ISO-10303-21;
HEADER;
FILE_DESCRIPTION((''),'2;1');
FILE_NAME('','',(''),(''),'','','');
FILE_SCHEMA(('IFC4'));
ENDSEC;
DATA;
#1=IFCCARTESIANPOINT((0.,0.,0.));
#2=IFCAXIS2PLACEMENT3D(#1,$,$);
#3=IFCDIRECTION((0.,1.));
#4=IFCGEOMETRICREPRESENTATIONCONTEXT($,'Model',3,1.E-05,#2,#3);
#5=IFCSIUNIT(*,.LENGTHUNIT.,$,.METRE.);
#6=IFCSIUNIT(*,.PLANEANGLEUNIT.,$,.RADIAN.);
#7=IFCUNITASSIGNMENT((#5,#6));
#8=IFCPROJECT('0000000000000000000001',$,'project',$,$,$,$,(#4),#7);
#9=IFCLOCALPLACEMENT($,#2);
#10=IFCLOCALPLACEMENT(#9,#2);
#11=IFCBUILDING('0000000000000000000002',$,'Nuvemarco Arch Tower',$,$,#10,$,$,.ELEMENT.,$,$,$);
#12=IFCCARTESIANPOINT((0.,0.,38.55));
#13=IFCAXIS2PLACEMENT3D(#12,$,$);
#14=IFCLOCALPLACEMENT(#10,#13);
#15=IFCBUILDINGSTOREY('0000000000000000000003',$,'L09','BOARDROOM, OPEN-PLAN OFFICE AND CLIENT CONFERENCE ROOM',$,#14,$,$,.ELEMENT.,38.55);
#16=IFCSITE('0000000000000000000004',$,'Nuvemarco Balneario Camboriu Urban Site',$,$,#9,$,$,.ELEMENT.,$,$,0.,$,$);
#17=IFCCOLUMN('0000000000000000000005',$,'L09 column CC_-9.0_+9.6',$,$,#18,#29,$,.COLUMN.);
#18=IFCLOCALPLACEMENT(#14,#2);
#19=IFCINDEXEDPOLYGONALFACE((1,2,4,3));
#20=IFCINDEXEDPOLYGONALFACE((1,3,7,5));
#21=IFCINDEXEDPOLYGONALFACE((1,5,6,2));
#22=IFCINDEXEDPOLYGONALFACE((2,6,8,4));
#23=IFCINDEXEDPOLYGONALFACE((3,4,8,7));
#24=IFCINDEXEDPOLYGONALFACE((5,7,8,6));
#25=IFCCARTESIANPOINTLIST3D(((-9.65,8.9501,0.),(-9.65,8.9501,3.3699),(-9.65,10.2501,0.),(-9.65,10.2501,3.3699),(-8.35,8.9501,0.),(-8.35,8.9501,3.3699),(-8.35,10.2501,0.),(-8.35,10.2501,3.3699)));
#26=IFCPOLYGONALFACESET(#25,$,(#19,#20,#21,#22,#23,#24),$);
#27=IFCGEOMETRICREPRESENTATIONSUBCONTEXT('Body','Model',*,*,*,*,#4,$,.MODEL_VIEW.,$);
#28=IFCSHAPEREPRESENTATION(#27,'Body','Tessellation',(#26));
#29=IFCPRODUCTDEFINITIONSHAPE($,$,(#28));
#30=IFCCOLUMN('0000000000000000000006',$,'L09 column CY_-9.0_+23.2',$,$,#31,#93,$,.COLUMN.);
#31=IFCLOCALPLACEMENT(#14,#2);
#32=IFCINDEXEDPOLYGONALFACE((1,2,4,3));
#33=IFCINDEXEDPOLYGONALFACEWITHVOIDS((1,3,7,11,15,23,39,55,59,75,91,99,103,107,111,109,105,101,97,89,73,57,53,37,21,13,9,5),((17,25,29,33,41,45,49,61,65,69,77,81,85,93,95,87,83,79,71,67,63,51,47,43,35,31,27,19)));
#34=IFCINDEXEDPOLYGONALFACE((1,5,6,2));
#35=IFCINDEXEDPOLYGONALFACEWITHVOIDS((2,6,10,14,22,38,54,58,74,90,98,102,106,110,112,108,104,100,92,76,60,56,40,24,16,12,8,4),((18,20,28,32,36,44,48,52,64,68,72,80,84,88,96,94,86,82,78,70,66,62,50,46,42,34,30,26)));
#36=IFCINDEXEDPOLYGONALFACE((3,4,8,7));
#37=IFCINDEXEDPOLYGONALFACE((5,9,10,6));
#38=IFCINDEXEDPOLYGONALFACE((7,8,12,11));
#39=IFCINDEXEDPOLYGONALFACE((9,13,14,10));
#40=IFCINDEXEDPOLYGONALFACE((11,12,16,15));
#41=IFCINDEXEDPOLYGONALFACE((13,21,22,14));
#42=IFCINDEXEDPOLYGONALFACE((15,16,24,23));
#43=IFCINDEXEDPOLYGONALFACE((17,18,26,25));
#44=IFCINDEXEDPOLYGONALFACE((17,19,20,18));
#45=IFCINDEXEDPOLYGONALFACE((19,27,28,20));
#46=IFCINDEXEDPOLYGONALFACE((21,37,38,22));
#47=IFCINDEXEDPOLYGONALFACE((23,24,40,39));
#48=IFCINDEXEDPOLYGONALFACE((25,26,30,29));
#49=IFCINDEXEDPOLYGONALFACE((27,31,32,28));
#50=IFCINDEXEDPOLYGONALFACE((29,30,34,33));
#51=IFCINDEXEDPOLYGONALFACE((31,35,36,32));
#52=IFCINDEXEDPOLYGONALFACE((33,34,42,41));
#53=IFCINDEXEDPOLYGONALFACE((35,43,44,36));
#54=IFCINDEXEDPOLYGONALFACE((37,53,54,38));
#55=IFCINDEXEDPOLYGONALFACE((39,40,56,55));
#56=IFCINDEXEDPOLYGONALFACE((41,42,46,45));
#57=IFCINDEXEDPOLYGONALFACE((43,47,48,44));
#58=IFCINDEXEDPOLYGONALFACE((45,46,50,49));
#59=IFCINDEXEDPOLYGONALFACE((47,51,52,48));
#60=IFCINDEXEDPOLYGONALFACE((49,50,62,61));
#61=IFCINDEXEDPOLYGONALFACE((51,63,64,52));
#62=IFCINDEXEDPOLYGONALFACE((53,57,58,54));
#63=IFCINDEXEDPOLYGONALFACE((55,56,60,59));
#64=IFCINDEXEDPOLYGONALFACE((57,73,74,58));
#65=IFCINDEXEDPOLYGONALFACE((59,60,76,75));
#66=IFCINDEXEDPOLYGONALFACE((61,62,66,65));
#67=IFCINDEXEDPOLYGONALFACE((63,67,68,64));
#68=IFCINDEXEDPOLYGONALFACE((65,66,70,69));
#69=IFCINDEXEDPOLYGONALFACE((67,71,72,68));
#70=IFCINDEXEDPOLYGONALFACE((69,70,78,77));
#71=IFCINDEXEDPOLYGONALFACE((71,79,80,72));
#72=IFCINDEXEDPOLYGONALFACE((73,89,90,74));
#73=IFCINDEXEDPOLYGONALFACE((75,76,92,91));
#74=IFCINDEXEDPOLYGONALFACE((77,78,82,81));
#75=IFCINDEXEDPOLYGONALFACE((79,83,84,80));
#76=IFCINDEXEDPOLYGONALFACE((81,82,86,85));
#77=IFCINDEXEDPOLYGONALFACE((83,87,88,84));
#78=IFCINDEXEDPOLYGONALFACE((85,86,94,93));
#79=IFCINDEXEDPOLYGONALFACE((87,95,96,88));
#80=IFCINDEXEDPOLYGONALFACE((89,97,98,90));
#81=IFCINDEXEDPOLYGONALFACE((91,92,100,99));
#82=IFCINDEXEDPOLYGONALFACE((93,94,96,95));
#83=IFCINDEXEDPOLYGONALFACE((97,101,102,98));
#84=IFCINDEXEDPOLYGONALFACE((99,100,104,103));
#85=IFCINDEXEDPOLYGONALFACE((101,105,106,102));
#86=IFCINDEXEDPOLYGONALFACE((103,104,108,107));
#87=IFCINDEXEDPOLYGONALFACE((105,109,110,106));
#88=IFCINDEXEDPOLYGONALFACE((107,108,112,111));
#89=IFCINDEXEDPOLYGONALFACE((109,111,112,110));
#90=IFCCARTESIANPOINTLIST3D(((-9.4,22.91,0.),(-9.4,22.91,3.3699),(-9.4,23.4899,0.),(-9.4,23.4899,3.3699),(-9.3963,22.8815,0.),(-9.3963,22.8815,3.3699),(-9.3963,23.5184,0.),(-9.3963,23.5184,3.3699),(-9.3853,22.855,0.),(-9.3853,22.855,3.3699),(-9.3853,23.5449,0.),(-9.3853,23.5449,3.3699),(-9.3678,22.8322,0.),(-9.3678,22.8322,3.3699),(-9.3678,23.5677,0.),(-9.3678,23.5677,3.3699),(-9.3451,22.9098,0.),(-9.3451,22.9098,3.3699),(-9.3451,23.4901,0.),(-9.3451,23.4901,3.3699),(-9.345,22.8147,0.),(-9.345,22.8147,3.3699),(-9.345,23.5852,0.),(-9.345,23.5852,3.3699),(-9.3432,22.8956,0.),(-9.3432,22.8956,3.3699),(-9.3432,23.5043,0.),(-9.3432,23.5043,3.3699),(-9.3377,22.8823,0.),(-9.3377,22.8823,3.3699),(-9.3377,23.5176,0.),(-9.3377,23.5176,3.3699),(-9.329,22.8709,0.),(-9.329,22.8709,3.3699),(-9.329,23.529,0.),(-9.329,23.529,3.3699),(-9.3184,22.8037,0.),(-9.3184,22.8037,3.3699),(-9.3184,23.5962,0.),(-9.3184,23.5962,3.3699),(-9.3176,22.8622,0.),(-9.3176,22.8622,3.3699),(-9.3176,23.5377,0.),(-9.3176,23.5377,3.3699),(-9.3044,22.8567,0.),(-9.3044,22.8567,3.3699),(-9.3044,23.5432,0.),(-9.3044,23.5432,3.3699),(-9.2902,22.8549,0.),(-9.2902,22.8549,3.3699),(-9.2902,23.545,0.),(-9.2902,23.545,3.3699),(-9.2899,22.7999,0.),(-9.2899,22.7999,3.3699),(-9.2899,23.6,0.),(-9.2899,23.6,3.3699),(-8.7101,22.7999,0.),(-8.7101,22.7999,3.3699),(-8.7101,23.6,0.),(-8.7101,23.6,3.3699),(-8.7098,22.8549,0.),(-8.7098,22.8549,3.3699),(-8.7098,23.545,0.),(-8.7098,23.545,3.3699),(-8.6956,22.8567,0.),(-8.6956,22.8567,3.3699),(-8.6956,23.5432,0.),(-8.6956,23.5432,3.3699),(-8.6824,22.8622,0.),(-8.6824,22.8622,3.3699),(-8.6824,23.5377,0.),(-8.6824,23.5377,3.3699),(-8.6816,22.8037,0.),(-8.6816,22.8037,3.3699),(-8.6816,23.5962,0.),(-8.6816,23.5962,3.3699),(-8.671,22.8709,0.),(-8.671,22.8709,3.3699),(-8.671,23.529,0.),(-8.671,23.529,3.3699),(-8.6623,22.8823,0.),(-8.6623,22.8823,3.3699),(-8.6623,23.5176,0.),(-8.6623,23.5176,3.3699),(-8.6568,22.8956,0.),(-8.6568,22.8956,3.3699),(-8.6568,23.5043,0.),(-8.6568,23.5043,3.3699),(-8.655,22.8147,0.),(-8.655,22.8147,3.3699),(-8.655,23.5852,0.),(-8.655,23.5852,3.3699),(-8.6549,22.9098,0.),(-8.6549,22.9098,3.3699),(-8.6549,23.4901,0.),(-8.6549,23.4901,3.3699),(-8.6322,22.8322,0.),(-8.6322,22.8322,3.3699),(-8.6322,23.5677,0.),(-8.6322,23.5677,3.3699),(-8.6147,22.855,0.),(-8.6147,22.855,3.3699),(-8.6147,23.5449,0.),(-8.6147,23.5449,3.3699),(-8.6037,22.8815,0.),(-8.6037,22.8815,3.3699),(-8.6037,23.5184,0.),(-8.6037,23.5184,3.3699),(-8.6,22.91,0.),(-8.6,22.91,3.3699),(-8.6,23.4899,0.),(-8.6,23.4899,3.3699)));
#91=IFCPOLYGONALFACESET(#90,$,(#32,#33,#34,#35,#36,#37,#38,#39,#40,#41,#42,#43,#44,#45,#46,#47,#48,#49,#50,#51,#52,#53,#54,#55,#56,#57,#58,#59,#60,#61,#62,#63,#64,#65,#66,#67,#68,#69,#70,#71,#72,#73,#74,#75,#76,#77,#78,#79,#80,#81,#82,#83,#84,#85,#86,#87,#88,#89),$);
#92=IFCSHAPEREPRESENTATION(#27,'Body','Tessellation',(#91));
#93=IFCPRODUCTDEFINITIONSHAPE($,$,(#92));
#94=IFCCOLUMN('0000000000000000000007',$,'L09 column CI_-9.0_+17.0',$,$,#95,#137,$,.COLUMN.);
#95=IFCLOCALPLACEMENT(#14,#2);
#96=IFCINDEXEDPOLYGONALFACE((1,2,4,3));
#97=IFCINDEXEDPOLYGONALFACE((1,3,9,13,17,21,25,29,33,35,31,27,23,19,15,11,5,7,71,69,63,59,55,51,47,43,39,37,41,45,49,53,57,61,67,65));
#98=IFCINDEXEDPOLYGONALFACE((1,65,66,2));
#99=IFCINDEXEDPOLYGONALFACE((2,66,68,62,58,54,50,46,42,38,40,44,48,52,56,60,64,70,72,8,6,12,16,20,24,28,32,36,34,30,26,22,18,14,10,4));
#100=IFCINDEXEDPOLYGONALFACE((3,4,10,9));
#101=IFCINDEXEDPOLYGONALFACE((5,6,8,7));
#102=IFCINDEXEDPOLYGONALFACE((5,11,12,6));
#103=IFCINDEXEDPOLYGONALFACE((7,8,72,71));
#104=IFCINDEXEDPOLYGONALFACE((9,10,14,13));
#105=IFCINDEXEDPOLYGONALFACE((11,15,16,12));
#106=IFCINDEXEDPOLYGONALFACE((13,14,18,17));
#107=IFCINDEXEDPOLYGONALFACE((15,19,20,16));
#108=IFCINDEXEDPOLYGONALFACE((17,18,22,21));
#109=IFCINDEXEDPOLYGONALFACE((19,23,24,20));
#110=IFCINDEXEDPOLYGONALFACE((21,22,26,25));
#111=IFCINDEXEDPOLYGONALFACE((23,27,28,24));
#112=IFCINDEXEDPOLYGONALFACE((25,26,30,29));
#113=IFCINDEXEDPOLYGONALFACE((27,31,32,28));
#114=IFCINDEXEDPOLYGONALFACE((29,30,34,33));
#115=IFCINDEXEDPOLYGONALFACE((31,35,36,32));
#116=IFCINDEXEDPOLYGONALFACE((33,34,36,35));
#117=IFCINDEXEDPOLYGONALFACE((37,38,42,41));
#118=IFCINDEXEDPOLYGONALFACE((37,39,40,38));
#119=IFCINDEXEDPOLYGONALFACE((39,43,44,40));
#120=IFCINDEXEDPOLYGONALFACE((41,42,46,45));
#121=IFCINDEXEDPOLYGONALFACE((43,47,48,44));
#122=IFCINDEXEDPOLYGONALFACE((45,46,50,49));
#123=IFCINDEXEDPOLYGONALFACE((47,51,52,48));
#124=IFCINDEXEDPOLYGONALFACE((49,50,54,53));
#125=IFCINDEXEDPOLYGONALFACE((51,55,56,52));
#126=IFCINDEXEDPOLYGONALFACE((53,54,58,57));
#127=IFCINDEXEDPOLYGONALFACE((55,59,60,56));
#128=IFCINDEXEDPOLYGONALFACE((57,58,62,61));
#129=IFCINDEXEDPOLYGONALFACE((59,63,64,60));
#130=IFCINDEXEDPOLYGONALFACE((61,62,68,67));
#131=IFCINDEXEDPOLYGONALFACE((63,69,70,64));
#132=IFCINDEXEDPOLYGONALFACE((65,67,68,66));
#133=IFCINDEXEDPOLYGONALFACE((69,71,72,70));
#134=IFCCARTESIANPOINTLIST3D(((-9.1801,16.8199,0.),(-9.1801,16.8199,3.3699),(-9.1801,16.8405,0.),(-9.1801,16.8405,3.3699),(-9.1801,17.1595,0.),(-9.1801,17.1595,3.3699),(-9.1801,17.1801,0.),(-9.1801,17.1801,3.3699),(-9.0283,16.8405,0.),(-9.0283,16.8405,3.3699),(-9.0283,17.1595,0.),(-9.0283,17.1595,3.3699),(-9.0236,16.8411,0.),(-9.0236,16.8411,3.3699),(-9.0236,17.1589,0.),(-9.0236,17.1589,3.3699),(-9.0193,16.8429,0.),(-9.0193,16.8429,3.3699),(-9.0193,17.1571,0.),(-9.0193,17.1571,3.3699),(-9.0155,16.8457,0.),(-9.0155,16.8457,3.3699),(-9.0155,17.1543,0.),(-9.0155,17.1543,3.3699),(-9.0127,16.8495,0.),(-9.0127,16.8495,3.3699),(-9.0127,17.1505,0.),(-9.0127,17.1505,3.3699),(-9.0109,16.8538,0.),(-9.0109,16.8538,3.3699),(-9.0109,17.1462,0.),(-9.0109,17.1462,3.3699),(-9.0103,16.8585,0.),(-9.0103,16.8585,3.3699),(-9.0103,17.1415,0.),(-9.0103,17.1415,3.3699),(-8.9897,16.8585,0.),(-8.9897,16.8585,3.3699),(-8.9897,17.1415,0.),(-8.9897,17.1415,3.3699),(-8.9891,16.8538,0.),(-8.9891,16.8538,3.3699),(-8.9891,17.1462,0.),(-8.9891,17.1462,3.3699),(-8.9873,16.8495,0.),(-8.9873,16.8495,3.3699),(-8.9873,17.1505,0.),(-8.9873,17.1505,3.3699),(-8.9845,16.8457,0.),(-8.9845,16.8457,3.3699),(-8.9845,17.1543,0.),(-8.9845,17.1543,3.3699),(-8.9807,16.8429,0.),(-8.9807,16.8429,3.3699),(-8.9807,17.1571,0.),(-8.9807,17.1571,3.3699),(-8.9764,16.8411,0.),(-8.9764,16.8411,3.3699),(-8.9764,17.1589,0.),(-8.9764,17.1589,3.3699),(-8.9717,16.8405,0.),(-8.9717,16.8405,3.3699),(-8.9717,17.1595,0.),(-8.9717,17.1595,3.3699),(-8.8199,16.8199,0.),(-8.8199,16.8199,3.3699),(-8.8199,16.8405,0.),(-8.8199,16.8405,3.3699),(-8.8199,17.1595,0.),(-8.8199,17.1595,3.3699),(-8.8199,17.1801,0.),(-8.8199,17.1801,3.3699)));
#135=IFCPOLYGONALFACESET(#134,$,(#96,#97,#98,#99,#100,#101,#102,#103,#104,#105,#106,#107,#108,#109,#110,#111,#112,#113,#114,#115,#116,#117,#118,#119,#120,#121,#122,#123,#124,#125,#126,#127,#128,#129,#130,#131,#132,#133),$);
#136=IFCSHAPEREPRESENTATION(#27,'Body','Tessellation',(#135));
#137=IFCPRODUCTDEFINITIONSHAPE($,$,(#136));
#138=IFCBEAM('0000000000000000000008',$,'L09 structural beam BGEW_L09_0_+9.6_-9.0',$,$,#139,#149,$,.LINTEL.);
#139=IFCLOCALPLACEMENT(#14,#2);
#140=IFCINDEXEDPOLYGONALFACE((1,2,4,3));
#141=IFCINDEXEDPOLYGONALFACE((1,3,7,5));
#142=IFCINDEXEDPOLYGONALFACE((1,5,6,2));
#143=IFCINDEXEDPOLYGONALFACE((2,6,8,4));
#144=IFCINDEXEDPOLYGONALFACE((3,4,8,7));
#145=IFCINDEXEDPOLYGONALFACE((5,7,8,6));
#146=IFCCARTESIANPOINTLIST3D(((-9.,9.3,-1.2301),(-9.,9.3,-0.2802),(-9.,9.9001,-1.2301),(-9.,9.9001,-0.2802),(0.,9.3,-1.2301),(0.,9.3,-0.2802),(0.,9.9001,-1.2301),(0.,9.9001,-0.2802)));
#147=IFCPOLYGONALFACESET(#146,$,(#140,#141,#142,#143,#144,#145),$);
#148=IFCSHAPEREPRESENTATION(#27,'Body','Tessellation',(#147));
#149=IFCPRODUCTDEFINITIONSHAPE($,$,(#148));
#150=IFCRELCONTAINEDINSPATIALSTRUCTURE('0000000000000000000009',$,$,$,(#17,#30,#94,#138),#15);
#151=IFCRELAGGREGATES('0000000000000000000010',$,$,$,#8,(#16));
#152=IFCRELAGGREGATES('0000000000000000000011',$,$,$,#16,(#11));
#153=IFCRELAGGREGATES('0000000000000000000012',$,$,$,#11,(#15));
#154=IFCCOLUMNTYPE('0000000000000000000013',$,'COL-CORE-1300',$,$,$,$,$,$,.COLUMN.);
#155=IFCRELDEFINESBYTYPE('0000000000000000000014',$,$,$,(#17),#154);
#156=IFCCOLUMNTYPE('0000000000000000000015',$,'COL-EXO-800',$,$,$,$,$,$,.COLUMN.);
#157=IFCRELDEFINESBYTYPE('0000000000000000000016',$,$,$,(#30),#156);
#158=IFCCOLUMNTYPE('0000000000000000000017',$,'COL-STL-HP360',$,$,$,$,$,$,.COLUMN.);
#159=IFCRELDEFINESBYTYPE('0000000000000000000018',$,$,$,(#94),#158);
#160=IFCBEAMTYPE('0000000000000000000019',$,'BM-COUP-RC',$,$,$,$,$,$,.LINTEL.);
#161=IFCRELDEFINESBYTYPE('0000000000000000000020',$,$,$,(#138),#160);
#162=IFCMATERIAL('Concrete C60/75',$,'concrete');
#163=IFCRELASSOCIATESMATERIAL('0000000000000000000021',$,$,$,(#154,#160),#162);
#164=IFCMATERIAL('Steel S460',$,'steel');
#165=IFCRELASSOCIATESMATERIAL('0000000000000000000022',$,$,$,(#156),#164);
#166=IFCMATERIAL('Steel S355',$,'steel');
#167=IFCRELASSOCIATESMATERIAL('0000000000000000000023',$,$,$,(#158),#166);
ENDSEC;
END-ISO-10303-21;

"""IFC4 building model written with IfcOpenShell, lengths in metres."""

from ifc_helpers import new_model, si_unit, direction, frame, origin, origin_2d, place, context, subcontext, project, spatial, rectangle, hollow_rectangle, i_section, extrude, material, material_profile, profile_set, type_object, element, save


model = new_model("IFC4")

# Units and contexts
model_context = context("Model", 3, precision=1e-05, world=origin(), true_north=direction((0.0, 1.0)))
body_context = subcontext(model_context, "Body", "Model", "MODEL_VIEW")
ifc_project = project(units=[si_unit("LENGTHUNIT", "METRE"), si_unit("PLANEANGLEUNIT", "RADIAN")], contexts=[model_context])

# Site, building, storey
site_placement = place(None, origin())
site = spatial("IfcSite", under=ifc_project, at=site_placement, Name="Nuvemarco Balneario Camboriu Urban Site", CompositionType="ELEMENT", RefElevation=0.0)
building_placement = place(site_placement, origin())
building = spatial("IfcBuilding", under=site, at=building_placement, Name="Nuvemarco Arch Tower", CompositionType="ELEMENT")
storey_placement = place(building_placement, frame((0.0, 0.0, 38.55)))
storey = spatial("IfcBuildingStorey", under=building, at=storey_placement, Name="L09", Description="BOARDROOM, OPEN-PLAN OFFICE AND CLIENT CONFERENCE ROOM", CompositionType="ELEMENT", Elevation=38.55)

# Columns
ifc_material_1 = material(Name="Concrete C60/75", Category="concrete")
ifc_material_profile_1 = material_profile(ifc_material_1, rectangle(XDim=1.3, YDim=1.3, at=origin_2d()), Name="RC-COL-1300x1300")
ifc_profile_set_1 = profile_set([ifc_material_profile_1], Name="Concrete C60/75")
column_type_1 = type_object("IfcColumnType", Name="COL-CORE-1300", PredefinedType="COLUMN", material=ifc_profile_set_1)
column_1_placement = place(storey_placement, frame((-9.0, 9.6001, 0.0), z_axis=(0.0, 0.0, 1.0), x_axis=(1.0, 0.0, 0.0)))
element("IfcColumn", 1, at=column_1_placement, inside=storey, type_object=column_type_1, Name="L09 column CC_-9.0_+9.6", PredefinedType="COLUMN", context=body_context, shape_type="SweptSolid", body=[
    extrude(rectangle(XDim=1.3, YDim=1.3, at=origin_2d()), origin(), (0.0, 0.0, 1.0), 3.3699),
])
ifc_material_2 = material(Name="Steel S460", Category="steel")
ifc_material_profile_2 = material_profile(ifc_material_2, hollow_rectangle(XDim=0.8, YDim=0.8, WallThickness=0.0549, InnerFilletRadius=0.0549, OuterFilletRadius=0.1101, at=origin_2d()), Name="SHS800x800x55")
ifc_profile_set_2 = profile_set([ifc_material_profile_2], Name="Steel S460")
column_type_2 = type_object("IfcColumnType", Name="COL-EXO-800", PredefinedType="COLUMN", material=ifc_profile_set_2)
column_2_placement = place(storey_placement, frame((-9.0, 23.2, 0.0), z_axis=(0.0, 0.0, 1.0), x_axis=(1.0, 0.0, 0.0)))
element("IfcColumn", 2, at=column_2_placement, inside=storey, type_object=column_type_2, Name="L09 column CY_-9.0_+23.2", PredefinedType="COLUMN", context=body_context, shape_type="SweptSolid", body=[
    extrude(hollow_rectangle(XDim=0.8, YDim=0.8, WallThickness=0.0549, InnerFilletRadius=0.0549, OuterFilletRadius=0.1101, at=origin_2d()), origin(), (0.0, 0.0, 1.0), 3.3699),
])
ifc_material_3 = material(Name="Steel S355", Category="steel")
ifc_material_profile_3 = material_profile(ifc_material_3, i_section(OverallWidth=0.3601, OverallDepth=0.3601, WebThickness=0.0205, FlangeThickness=0.0205, FilletRadius=0.0181, at=origin_2d()), Name="HP360x174")
ifc_profile_set_3 = profile_set([ifc_material_profile_3], Name="Steel S355")
column_type_3 = type_object("IfcColumnType", Name="COL-STL-HP360", PredefinedType="COLUMN", material=ifc_profile_set_3)
column_3_placement = place(storey_placement, frame((-9.0, 17.0, 0.0), z_axis=(0.0, 0.0, 1.0), x_axis=(1.0, 0.0, 0.0)))
element("IfcColumn", 3, at=column_3_placement, inside=storey, type_object=column_type_3, Name="L09 column CI_-9.0_+17.0", PredefinedType="COLUMN", context=body_context, shape_type="SweptSolid", body=[
    extrude(i_section(OverallWidth=0.3601, OverallDepth=0.3601, WebThickness=0.0205, FlangeThickness=0.0205, FilletRadius=0.0181, at=origin_2d()), origin(), (0.0, 0.0, 1.0), 3.3699),
])

# Beam
ifc_material_profile_4 = material_profile(ifc_material_1, rectangle(XDim=0.6001, YDim=0.95, at=origin_2d()), Name="RC-BM-600x950")
ifc_profile_set_4 = profile_set([ifc_material_profile_4], Name="Concrete C60/75")
beam_type_1 = type_object("IfcBeamType", Name="BM-COUP-RC", PredefinedType="LINTEL", material=ifc_profile_set_4)
beam_1_placement = place(storey_placement, frame((-9.0, 9.6001, -0.7551), z_axis=(1.0, 0.0, 0.0), x_axis=(0.0, 1.0, 0.0)))
element("IfcBeam", 4, at=beam_1_placement, inside=storey, type_object=beam_type_1, Name="L09 structural beam BGEW_L09_0_+9.6_-9.0", PredefinedType="LINTEL", context=body_context, shape_type="SweptSolid", body=[
    extrude(rectangle(XDim=0.6001, YDim=0.95, at=origin_2d()), origin(), (0.0, 0.0, 1.0), 9.0),
])

save(model, "model.ifc")
